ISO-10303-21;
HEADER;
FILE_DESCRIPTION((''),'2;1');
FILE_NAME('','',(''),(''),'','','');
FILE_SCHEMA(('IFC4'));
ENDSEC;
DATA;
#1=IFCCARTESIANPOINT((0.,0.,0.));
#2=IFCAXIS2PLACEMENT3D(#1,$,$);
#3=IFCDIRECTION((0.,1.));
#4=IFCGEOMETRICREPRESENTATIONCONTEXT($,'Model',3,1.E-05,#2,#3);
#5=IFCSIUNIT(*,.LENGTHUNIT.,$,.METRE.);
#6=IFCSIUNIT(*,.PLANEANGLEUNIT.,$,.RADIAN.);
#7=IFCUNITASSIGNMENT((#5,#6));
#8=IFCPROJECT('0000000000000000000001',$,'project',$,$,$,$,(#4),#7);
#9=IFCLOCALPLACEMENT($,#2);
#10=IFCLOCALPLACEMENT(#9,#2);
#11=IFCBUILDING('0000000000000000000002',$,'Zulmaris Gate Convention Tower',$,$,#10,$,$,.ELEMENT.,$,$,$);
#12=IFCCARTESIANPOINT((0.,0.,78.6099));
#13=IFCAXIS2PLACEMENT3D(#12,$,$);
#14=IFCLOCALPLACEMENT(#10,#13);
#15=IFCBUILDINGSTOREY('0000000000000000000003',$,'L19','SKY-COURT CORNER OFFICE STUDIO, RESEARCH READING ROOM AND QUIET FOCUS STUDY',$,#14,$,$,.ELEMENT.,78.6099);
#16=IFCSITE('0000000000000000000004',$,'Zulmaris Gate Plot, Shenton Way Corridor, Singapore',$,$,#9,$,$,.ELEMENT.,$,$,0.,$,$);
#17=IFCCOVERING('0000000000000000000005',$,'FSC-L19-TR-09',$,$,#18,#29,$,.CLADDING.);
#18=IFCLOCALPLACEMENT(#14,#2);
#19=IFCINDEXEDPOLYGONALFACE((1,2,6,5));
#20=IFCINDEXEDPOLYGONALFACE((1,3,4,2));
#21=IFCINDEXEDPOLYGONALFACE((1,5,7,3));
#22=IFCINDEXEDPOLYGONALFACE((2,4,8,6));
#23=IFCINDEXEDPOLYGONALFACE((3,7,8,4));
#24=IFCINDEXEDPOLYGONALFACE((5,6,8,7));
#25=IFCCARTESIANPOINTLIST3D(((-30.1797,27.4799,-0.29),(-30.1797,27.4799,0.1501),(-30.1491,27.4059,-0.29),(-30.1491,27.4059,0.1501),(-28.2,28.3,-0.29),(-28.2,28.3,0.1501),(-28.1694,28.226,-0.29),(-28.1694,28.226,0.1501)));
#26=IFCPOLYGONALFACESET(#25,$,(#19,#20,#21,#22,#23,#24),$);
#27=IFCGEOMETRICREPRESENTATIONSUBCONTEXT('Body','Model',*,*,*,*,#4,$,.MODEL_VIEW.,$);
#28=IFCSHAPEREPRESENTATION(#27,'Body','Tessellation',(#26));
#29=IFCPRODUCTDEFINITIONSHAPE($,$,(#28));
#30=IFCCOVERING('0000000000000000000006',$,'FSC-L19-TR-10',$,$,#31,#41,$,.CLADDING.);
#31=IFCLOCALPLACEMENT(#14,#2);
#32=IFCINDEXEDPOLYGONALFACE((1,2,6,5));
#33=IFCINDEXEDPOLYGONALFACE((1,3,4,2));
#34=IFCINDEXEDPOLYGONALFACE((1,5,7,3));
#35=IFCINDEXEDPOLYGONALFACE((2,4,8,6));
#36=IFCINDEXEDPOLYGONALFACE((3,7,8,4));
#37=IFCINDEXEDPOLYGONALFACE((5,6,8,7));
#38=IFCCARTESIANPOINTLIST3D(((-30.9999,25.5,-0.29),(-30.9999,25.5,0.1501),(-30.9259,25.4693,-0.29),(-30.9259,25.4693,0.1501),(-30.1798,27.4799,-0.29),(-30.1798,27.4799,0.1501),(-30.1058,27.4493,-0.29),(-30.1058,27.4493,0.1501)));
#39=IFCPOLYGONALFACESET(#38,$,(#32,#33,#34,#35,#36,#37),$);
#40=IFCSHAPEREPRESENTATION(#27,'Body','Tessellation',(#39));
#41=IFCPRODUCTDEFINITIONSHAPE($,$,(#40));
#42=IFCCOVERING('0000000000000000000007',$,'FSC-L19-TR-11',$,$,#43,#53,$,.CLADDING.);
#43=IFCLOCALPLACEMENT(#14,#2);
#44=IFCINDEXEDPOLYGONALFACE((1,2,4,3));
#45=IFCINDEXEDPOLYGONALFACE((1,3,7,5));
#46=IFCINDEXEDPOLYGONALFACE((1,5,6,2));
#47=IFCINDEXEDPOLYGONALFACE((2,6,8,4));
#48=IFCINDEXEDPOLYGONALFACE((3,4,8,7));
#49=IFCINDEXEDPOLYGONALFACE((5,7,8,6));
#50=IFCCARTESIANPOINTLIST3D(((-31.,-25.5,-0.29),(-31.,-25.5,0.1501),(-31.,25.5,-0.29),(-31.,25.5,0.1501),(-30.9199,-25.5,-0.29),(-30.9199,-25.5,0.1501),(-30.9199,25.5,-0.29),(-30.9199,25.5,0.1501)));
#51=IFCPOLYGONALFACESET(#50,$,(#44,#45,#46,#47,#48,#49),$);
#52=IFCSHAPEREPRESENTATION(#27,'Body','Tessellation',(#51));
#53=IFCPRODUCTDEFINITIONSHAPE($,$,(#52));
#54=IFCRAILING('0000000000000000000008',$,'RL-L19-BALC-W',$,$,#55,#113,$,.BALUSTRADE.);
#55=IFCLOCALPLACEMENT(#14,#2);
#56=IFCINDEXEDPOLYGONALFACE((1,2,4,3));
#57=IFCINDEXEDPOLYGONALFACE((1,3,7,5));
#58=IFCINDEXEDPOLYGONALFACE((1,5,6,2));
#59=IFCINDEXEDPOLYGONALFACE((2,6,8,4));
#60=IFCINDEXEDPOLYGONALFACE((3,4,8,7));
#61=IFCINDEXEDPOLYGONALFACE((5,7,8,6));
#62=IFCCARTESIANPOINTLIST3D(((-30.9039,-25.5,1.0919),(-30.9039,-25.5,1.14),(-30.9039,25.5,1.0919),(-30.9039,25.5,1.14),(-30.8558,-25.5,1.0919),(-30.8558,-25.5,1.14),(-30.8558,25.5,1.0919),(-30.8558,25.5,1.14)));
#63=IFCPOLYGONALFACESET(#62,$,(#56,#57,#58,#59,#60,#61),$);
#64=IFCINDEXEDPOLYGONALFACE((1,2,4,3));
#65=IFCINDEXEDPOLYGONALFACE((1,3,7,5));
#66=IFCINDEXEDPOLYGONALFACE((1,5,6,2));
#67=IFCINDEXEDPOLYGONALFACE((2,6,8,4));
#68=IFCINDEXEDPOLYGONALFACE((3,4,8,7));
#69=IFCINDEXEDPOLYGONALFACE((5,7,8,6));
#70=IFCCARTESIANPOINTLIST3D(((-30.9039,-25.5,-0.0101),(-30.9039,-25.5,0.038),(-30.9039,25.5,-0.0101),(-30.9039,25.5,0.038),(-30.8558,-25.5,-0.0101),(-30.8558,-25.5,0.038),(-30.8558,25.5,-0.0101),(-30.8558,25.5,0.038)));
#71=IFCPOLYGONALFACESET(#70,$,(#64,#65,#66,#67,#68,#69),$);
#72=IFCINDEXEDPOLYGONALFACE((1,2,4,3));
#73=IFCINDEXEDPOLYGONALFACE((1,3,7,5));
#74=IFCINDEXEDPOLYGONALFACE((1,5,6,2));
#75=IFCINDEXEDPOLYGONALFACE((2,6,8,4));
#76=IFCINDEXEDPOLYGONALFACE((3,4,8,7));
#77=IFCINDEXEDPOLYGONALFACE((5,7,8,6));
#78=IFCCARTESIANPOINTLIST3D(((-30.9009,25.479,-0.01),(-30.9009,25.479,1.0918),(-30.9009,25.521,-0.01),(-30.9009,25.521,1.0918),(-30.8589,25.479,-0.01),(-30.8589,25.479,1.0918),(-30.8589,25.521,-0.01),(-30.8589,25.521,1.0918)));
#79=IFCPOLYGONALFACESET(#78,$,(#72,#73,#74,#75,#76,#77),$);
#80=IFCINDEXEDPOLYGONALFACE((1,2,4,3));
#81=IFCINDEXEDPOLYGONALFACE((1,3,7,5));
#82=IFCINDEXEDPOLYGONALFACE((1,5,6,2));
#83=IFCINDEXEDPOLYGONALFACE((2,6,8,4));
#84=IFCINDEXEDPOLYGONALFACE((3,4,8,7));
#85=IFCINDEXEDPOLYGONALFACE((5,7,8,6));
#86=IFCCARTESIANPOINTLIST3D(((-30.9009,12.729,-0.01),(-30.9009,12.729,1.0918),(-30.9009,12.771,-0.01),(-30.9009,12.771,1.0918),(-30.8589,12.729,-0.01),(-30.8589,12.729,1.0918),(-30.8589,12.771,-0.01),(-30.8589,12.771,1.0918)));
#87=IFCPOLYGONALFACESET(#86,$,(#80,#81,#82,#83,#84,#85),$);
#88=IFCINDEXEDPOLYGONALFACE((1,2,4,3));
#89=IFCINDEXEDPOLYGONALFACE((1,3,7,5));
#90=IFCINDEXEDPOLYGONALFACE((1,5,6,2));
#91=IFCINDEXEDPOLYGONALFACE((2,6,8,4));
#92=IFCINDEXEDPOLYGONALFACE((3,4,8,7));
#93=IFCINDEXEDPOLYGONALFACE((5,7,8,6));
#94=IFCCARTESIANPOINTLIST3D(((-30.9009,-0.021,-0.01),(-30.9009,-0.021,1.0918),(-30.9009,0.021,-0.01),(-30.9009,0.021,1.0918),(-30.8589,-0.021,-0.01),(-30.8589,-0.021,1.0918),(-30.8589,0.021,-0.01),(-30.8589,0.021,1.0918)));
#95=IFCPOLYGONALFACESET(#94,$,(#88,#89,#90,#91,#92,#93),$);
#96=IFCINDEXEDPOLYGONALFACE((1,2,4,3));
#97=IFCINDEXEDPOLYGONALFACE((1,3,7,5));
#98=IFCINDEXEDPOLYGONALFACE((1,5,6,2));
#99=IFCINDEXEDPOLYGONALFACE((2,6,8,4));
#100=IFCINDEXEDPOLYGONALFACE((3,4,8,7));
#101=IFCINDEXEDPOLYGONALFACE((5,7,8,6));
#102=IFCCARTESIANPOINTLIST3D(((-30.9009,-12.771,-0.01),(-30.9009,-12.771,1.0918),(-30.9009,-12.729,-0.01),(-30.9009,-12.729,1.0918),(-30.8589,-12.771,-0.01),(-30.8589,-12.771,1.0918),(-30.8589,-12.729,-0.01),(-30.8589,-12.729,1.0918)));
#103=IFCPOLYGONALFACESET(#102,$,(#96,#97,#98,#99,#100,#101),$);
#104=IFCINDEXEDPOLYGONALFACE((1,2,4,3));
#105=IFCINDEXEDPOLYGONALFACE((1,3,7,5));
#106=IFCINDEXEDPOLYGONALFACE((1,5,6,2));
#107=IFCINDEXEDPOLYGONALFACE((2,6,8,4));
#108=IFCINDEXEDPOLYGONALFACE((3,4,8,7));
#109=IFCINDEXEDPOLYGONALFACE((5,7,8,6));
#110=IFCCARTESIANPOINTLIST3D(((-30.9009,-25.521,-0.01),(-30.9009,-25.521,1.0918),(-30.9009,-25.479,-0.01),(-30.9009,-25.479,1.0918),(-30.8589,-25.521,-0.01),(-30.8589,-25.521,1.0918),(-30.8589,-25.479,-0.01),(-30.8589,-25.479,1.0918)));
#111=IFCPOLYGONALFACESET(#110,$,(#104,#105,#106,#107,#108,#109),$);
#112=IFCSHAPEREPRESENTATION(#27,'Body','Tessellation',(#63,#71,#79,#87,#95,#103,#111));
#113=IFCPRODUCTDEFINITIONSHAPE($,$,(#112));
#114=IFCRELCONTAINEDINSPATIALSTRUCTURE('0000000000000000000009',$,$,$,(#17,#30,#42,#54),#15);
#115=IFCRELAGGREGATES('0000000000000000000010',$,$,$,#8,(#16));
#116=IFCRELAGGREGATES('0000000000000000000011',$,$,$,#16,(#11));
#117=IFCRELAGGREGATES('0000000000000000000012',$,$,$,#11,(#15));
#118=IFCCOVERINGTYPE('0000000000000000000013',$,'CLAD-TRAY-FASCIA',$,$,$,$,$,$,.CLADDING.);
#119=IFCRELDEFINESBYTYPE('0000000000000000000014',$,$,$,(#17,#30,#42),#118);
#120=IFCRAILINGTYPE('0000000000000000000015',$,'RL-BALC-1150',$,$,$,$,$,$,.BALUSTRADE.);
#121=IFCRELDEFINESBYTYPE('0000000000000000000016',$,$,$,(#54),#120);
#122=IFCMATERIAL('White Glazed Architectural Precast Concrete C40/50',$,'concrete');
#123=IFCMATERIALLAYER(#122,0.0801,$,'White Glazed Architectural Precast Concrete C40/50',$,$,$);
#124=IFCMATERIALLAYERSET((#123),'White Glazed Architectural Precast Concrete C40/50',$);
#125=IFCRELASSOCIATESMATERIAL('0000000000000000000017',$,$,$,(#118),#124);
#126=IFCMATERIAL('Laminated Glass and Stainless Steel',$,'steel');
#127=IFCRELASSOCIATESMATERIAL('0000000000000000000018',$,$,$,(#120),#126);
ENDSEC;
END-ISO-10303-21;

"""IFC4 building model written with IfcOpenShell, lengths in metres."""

from ifc_helpers import new_model, si_unit, direction, frame, frame_2d, origin, origin_2d, place, context, subcontext, project, spatial, rectangle, extrude, material, layer, layer_set, type_object, element, save


model = new_model("IFC4")

# Units and contexts
model_context = context("Model", 3, precision=1e-05, world=origin(), true_north=direction((0.0, 1.0)))
body_context = subcontext(model_context, "Body", "Model", "MODEL_VIEW")
ifc_project = project(units=[si_unit("LENGTHUNIT", "METRE"), si_unit("PLANEANGLEUNIT", "RADIAN")], contexts=[model_context])

# Site, building, storey
site_placement = place(None, origin())
site = spatial("IfcSite", under=ifc_project, at=site_placement, Name="Zulmaris Gate Plot, Shenton Way Corridor, Singapore", CompositionType="ELEMENT", RefElevation=0.0)
building_placement = place(site_placement, origin())
building = spatial("IfcBuilding", under=site, at=building_placement, Name="Zulmaris Gate Convention Tower", CompositionType="ELEMENT")
storey_placement = place(building_placement, frame((0.0, 0.0, 78.6099)))
storey = spatial("IfcBuildingStorey", under=building, at=storey_placement, Name="L19", Description="SKY-COURT CORNER OFFICE STUDIO, RESEARCH READING ROOM AND QUIET FOCUS STUDY", CompositionType="ELEMENT", Elevation=78.6099)

# Coverings
ifc_material_1 = material(Name="White Glazed Architectural Precast Concrete C40/50", Category="concrete")
ifc_layer_1 = layer(ifc_material_1, 0.0801, Name="White Glazed Architectural Precast Concrete C40/50")
ifc_layer_set_1 = layer_set([ifc_layer_1], Name="White Glazed Architectural Precast Concrete C40/50")
covering_type_1 = type_object("IfcCoveringType", Name="CLAD-TRAY-FASCIA", PredefinedType="CLADDING", material=ifc_layer_set_1)
covering_1_placement = place(storey_placement, frame((-28.1848, 28.2629, -0.29), z_axis=(0.0, 0.0, 1.0), x_axis=(-0.923874, -0.382697, 0.0)))
element("IfcCovering", 1, at=covering_1_placement, inside=storey, type_object=covering_type_1, Name="FSC-L19-TR-09", PredefinedType="CLADDING", context=body_context, shape_type="SweptSolid", body=[
    extrude(rectangle(XDim=2.1428, YDim=0.0801, at=frame_2d((1.0713, 0.0))), origin(), (0.0, 0.0, 1.0), 0.4402),
])
covering_2_placement = place(storey_placement, frame((-30.1428, 27.4646, -0.29), z_axis=(0.0, 0.0, 1.0), x_axis=(-0.382657, -0.92389, 0.0)))
element("IfcCovering", 2, at=covering_2_placement, inside=storey, type_object=covering_type_1, Name="FSC-L19-TR-10", PredefinedType="CLADDING", context=body_context, shape_type="SweptSolid", body=[
    extrude(rectangle(XDim=2.1431, YDim=0.0801, at=frame_2d((1.0715, 0.0))), origin(), (0.0, 0.0, 1.0), 0.4402),
])
covering_3_placement = place(storey_placement, frame((-30.96, 25.5, -0.29), z_axis=(0.0, 0.0, 1.0), x_axis=(0.0, -1.0, 0.0)))
element("IfcCovering", 3, at=covering_3_placement, inside=storey, type_object=covering_type_1, Name="FSC-L19-TR-11", PredefinedType="CLADDING", context=body_context, shape_type="SweptSolid", body=[
    extrude(rectangle(XDim=51.0, YDim=0.0801, at=frame_2d((25.5, 0.0))), origin(), (0.0, 0.0, 1.0), 0.4402),
])

# Railing
ifc_material_2 = material(Name="Laminated Glass and Stainless Steel", Category="steel")
railing_type = type_object("IfcRailingType", Name="RL-BALC-1150", PredefinedType="BALUSTRADE", material=ifc_material_2)
railing_placement = place(storey_placement, frame((-30.8799, 25.5, -0.01)))
element("IfcRailing", 4, at=railing_placement, inside=storey, type_object=railing_type, Name="RL-L19-BALC-W", PredefinedType="BALUSTRADE", context=body_context, shape_type="SweptSolid", body=[
    extrude(rectangle(XDim=0.0481, YDim=0.0481, at=origin_2d()), frame((0.0, 0.0, 1.126), z_axis=(0.0, -1.0, 0.0), x_axis=(1.0, 0.0, 0.0)), (0.0, 0.0, 1.0), 51.0),
    extrude(rectangle(XDim=0.0481, YDim=0.0481, at=origin_2d()), frame((0.0, 0.0, 0.0239), z_axis=(0.0, -1.0, 0.0), x_axis=(1.0, 0.0, 0.0)), (0.0, 0.0, 1.0), 51.0),
    extrude(rectangle(XDim=0.042, YDim=0.042, at=origin_2d()), origin(), (0.0, 0.0, 1.0), 1.1018),
    extrude(rectangle(XDim=0.042, YDim=0.042, at=origin_2d()), frame((0.0, -12.75, 0.0)), (0.0, 0.0, 1.0), 1.1018),
    extrude(rectangle(XDim=0.042, YDim=0.042, at=origin_2d()), frame((0.0, -25.5, 0.0)), (0.0, 0.0, 1.0), 1.1018),
    extrude(rectangle(XDim=0.042, YDim=0.042, at=origin_2d()), frame((0.0, -38.25, 0.0)), (0.0, 0.0, 1.0), 1.1018),
    extrude(rectangle(XDim=0.042, YDim=0.042, at=origin_2d()), frame((0.0, -51.0, 0.0)), (0.0, 0.0, 1.0), 1.1018),
])

save(model, "model.ifc")
